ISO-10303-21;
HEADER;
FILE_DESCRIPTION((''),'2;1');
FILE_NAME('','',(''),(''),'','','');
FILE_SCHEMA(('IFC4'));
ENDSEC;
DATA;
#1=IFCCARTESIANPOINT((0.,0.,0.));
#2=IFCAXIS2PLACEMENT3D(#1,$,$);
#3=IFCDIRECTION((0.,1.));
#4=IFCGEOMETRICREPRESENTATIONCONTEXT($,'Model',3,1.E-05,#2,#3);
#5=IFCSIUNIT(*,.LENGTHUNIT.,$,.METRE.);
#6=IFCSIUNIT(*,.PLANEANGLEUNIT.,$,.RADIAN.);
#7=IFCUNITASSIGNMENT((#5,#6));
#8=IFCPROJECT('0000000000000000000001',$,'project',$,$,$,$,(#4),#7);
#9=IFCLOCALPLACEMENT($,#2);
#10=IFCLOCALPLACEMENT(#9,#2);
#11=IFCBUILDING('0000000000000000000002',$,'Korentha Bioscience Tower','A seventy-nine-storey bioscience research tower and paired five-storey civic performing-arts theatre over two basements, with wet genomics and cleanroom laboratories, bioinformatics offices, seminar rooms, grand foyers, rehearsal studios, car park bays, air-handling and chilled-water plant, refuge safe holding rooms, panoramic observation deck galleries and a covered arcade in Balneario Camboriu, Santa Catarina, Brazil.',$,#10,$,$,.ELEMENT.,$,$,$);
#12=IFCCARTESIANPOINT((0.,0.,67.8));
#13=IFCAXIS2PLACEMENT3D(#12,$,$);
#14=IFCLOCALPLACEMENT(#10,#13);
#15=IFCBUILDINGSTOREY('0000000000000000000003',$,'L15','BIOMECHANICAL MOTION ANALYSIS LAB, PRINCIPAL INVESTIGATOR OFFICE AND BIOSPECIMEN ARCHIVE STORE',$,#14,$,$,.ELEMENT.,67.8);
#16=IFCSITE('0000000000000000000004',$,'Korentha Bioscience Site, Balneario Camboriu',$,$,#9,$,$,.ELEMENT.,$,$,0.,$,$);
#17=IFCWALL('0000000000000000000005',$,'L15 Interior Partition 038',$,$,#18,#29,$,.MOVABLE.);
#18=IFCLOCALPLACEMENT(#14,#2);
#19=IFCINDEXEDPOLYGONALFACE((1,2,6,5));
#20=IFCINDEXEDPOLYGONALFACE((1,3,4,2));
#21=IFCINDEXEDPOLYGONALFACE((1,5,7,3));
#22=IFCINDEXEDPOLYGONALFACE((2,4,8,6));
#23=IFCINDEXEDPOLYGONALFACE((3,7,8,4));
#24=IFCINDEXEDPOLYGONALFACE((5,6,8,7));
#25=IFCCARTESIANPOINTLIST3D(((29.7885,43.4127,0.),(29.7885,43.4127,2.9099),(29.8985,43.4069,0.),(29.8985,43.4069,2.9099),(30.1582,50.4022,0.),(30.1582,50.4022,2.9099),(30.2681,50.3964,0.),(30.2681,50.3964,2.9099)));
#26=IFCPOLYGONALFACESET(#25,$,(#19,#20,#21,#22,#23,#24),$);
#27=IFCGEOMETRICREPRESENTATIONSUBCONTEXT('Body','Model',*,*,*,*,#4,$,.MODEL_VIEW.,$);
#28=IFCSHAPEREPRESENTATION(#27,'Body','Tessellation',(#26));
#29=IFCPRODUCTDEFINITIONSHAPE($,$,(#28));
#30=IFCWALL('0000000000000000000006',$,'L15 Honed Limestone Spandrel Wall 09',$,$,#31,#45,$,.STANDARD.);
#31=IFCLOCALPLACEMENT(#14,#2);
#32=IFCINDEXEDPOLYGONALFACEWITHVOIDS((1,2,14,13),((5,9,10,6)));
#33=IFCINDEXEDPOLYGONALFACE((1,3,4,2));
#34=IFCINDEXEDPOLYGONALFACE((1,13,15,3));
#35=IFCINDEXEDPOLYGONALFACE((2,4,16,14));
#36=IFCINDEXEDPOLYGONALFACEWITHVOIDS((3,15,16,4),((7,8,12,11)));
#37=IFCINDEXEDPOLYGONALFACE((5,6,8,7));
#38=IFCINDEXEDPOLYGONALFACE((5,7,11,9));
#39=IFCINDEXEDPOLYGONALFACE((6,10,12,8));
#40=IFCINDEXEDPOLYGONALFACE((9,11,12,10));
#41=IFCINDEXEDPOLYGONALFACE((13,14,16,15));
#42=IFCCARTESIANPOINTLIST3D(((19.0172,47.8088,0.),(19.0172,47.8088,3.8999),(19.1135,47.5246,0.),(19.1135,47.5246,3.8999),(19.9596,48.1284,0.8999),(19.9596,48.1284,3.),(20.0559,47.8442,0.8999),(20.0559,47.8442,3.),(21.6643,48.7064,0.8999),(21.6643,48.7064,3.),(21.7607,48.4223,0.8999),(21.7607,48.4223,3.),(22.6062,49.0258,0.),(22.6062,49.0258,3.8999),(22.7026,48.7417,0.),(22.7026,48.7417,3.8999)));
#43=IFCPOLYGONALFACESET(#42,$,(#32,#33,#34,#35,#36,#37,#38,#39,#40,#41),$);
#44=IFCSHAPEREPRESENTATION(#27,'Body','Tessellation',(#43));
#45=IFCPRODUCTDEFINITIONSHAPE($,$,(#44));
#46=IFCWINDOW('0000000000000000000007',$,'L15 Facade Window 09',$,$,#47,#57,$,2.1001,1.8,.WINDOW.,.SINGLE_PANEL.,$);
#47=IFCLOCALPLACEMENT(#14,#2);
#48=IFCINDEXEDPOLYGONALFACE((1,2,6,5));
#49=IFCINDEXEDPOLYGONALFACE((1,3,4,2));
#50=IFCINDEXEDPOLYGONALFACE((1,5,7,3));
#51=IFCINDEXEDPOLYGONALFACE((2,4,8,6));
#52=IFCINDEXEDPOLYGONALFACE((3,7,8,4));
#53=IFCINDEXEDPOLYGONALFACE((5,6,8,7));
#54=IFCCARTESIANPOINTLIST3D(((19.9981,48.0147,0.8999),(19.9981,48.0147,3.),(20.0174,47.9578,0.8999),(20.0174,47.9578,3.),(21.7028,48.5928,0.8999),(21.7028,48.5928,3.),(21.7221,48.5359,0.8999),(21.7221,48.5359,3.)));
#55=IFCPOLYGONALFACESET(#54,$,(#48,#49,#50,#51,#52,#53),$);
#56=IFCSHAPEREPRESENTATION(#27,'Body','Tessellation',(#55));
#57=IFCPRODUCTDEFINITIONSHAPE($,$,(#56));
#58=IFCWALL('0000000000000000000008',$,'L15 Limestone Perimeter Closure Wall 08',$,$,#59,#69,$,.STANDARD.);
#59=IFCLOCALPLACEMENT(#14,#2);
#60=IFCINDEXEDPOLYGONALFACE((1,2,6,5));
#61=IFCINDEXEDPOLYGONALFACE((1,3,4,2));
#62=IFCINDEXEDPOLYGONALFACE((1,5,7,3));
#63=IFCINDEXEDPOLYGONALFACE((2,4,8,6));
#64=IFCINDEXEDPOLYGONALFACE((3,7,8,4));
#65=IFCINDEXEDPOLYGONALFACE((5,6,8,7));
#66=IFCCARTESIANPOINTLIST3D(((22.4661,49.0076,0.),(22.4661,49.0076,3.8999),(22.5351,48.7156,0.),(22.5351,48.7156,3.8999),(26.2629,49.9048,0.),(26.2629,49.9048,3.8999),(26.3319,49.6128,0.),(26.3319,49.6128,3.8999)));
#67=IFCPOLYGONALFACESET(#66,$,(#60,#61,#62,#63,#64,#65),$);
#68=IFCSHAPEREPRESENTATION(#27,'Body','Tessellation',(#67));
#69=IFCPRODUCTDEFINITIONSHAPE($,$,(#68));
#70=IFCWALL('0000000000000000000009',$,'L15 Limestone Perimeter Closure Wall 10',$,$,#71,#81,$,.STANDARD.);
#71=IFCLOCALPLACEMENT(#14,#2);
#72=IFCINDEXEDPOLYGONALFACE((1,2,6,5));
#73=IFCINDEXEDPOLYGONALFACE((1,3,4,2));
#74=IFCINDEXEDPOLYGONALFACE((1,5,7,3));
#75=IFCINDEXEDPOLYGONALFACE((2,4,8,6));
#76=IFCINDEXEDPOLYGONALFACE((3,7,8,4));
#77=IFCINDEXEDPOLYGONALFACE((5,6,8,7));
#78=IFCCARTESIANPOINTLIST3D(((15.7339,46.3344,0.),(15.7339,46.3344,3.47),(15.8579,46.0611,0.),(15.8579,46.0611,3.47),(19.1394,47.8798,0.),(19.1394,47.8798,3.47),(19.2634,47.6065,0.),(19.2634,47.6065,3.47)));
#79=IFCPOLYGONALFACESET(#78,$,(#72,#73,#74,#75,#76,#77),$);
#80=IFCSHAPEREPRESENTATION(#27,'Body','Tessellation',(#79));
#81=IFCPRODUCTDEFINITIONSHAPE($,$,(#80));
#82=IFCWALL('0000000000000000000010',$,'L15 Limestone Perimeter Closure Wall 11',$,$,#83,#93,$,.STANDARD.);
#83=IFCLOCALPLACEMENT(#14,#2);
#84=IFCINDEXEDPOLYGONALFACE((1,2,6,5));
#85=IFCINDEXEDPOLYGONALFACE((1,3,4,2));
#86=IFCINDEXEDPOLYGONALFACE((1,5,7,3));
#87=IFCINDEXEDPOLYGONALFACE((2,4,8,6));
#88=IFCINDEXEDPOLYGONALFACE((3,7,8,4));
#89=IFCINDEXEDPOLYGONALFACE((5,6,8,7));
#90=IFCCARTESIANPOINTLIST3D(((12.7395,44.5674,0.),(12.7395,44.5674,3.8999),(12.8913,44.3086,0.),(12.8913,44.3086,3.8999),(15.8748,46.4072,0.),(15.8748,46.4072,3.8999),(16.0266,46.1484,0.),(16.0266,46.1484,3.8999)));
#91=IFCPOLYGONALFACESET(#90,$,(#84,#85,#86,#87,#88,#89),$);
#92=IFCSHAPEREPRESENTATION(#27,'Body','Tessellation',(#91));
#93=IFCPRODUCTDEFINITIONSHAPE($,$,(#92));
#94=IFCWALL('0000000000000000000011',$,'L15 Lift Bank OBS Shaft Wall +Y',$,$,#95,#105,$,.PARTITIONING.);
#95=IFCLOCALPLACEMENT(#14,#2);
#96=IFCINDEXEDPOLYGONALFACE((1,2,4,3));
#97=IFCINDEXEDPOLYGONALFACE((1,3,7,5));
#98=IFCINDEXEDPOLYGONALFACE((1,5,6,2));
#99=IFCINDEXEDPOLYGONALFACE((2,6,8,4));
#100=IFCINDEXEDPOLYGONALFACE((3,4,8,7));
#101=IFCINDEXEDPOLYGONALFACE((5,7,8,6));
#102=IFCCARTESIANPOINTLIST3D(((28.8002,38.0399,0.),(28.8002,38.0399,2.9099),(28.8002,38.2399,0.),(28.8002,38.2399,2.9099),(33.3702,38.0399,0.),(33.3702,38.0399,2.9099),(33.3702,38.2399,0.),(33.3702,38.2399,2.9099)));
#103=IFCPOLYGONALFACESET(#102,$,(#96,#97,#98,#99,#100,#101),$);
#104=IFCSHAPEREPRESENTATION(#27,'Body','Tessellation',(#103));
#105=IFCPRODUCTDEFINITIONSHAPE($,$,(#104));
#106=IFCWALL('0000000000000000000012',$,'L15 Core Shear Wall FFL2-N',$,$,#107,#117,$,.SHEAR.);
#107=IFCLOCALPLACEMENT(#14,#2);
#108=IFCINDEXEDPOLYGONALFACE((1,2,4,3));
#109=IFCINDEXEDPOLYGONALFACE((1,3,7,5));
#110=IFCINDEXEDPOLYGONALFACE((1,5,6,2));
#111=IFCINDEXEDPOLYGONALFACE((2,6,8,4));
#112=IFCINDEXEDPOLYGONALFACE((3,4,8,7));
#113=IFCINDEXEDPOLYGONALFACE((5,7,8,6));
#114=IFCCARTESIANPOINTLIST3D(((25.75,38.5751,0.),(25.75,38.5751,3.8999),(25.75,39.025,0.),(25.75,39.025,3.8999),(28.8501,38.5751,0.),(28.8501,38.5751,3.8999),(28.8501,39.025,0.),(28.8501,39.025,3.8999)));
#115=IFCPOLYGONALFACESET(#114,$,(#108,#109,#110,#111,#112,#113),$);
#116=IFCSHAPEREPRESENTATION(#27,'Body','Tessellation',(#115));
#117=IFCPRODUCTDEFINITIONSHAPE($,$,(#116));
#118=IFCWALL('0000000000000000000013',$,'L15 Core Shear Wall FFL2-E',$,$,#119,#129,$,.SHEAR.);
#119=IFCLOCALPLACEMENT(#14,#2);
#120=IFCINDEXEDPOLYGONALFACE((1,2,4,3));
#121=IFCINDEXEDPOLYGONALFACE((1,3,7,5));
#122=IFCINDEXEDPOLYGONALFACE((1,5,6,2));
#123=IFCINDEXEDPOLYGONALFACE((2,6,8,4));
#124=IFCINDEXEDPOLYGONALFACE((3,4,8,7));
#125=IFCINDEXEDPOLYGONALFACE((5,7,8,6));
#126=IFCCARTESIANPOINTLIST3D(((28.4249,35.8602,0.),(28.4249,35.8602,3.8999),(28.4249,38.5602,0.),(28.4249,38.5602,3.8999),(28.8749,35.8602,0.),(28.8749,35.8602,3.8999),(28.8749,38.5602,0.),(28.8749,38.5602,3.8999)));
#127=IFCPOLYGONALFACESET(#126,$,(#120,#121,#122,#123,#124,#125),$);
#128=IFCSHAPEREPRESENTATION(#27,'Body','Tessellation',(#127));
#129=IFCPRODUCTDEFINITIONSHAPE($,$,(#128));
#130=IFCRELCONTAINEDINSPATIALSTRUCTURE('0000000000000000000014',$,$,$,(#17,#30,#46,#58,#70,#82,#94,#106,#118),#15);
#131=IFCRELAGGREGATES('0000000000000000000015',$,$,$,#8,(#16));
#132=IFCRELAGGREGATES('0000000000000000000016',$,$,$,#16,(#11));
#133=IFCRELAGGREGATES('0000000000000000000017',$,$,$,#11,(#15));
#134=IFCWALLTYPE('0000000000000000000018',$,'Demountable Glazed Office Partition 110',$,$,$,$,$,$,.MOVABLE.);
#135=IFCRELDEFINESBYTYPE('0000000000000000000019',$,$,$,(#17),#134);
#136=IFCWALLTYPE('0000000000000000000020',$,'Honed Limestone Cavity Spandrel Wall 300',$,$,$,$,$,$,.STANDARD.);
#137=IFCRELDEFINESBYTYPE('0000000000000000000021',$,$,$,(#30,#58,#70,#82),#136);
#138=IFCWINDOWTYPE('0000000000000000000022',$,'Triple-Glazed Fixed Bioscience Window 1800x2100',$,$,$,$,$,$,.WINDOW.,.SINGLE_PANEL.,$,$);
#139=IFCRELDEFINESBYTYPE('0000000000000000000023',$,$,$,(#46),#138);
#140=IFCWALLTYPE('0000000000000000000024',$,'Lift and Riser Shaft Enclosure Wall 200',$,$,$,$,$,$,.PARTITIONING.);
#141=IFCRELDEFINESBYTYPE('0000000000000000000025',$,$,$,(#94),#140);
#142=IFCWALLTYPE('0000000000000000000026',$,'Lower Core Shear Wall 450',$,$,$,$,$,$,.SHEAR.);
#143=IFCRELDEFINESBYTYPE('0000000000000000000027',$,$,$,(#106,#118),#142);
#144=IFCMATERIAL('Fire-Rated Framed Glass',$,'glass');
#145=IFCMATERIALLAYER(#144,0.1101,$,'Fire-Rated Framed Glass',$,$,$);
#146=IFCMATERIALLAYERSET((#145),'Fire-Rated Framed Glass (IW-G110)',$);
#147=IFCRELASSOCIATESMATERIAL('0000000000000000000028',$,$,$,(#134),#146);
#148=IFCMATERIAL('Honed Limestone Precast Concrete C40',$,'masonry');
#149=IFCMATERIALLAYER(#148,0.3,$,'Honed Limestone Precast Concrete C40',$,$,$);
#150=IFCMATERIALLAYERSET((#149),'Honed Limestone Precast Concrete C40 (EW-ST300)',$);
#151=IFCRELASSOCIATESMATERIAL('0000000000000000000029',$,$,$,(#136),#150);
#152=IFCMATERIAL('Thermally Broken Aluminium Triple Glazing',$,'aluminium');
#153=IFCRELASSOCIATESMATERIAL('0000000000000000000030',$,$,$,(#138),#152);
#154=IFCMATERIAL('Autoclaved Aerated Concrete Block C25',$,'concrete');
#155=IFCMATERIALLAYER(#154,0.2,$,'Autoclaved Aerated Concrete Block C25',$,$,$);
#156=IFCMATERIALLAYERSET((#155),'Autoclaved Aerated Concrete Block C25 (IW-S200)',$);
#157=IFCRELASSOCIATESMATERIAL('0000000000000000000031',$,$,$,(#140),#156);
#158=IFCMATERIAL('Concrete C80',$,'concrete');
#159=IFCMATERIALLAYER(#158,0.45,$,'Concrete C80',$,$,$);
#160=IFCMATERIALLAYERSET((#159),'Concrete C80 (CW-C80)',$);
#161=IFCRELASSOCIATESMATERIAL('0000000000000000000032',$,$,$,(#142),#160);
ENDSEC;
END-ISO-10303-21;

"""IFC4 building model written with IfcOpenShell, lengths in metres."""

from ifc_helpers import new_model, si_unit, direction, frame, frame_2d, origin, place, context, subcontext, project, spatial, rectangle, extrude, material, layer, layer_set, type_object, element, fill, save


model = new_model("IFC4")

# Units and contexts
model_context = context("Model", 3, precision=1e-05, world=origin(), true_north=direction((0.0, 1.0)))
body_context = subcontext(model_context, "Body", "Model", "MODEL_VIEW")
ifc_project = project(units=[si_unit("LENGTHUNIT", "METRE"), si_unit("PLANEANGLEUNIT", "RADIAN")], contexts=[model_context])

# Site, building, storey
site_placement = place(None, origin())
site = spatial("IfcSite", under=ifc_project, at=site_placement, Name="Korentha Bioscience Site, Balneario Camboriu", CompositionType="ELEMENT", RefElevation=0.0)
building_placement = place(site_placement, origin())
building = spatial("IfcBuilding", under=site, at=building_placement, Name="Korentha Bioscience Tower", Description="A seventy-nine-storey bioscience research tower and paired five-storey civic performing-arts theatre over two basements, with wet genomics and cleanroom laboratories, bioinformatics offices, seminar rooms, grand foyers, rehearsal studios, car park bays, air-handling and chilled-water plant, refuge safe holding rooms, panoramic observation deck galleries and a covered arcade in Balneario Camboriu, Santa Catarina, Brazil.", CompositionType="ELEMENT")
storey_placement = place(building_placement, frame((0.0, 0.0, 67.8)))
storey = spatial("IfcBuildingStorey", under=building, at=storey_placement, Name="L15", Description="BIOMECHANICAL MOTION ANALYSIS LAB, PRINCIPAL INVESTIGATOR OFFICE AND BIOSPECIMEN ARCHIVE STORE", CompositionType="ELEMENT", Elevation=67.8)

# Shared definitions
ifc_material_1 = material(Name="Concrete C80", Category="concrete")

# Wall
ifc_material_2 = material(Name="Fire-Rated Framed Glass", Category="glass")
ifc_layer_1 = layer(ifc_material_2, 0.1101, Name="Fire-Rated Framed Glass")
ifc_layer_set_1 = layer_set([ifc_layer_1], Name="Fire-Rated Framed Glass (IW-G110)")
wall_type_1 = type_object("IfcWallType", Name="Demountable Glazed Office Partition 110", PredefinedType="MOVABLE", material=ifc_layer_set_1)
wall_1_placement = place(storey_placement, frame((29.8435, 43.4099, 0.0), z_axis=(0.0, 0.0, 1.0), x_axis=(0.05281, 0.998605, 0.0)))
element("IfcWall", 1, at=wall_1_placement, inside=storey, type_object=wall_type_1, Name="L15 Interior Partition 038", PredefinedType="MOVABLE", context=body_context, shape_type="SweptSolid", body=[
    extrude(rectangle(XDim=6.9993, YDim=0.1101, at=frame_2d((3.4995, 0.0))), origin(), (0.0, 0.0, 1.0), 2.9099),
])

# Wall, opening, window
ifc_material_3 = material(Name="Honed Limestone Precast Concrete C40", Category="masonry")
ifc_layer_2 = layer(ifc_material_3, 0.3, Name="Honed Limestone Precast Concrete C40")
ifc_layer_set_2 = layer_set([ifc_layer_2], Name="Honed Limestone Precast Concrete C40 (EW-ST300)")
wall_type_2 = type_object("IfcWallType", Name="Honed Limestone Cavity Spandrel Wall 300", PredefinedType="STANDARD", material=ifc_layer_set_2)
wall_2_placement = place(storey_placement, frame((22.6545, 48.8838, 0.0), z_axis=(0.0, 0.0, 1.0), x_axis=(-0.947034, -0.321132, 0.0)))
wall_2 = element("IfcWall", 2, at=wall_2_placement, inside=storey, type_object=wall_type_2, Name="L15 Honed Limestone Spandrel Wall 09", PredefinedType="STANDARD", context=body_context, shape_type="SweptSolid", body=[
    extrude(rectangle(XDim=3.7898, YDim=0.3, at=frame_2d((1.895, 0.0))), origin(), (0.0, 0.0, 1.0), 3.8999),
])
opening_1_placement = place(wall_2_placement, frame((0.9949, 0.0, 0.8999)))
opening_1 = element("IfcOpeningElement", 3, at=opening_1_placement, cuts=wall_2, PredefinedType="OPENING", context=body_context, shape_type="SweptSolid", body=[
    extrude(rectangle(XDim=1.8, YDim=2.1001, at=frame_2d((0.8999, 1.05))), frame((0.0, 0.165, 0.0), z_axis=(0.0, -1.0, 0.0), x_axis=(1.0, 0.0, 0.0)), (0.0, 0.0, 1.0), 0.3298),
])
ifc_material_4 = material(Name="Thermally Broken Aluminium Triple Glazing", Category="aluminium")
window_type = type_object("IfcWindowType", Name="Triple-Glazed Fixed Bioscience Window 1800x2100", PartitioningType="SINGLE_PANEL", PredefinedType="WINDOW", material=ifc_material_4)
window_placement = place(opening_1_placement, origin())
window = element("IfcWindow", 4, at=window_placement, inside=storey, type_object=window_type, Name="L15 Facade Window 09", OverallHeight=2.1001, OverallWidth=1.8, PartitioningType="SINGLE_PANEL", PredefinedType="WINDOW", context=body_context, shape_type="SweptSolid", body=[
    extrude(rectangle(XDim=1.8, YDim=2.1001, at=frame_2d((0.8999, 1.05))), frame((0.0, 0.03, 0.0), z_axis=(0.0, -1.0, 0.0), x_axis=(1.0, 0.0, 0.0)), (0.0, 0.0, 1.0), 0.0601),
])
fill(opening_1, window)

# Walls
wall_3_placement = place(storey_placement, frame((26.2974, 49.7588, 0.0), z_axis=(0.0, 0.0, 1.0), x_axis=(-0.973198, -0.22997, 0.0)))
element("IfcWall", 5, at=wall_3_placement, inside=storey, type_object=wall_type_2, Name="L15 Limestone Perimeter Closure Wall 08", PredefinedType="STANDARD", context=body_context, shape_type="SweptSolid", body=[
    extrude(rectangle(XDim=3.9014, YDim=0.3, at=frame_2d((1.9507, 0.0))), origin(), (0.0, 0.0, 1.0), 3.8999),
])
wall_4_placement = place(storey_placement, frame((19.2014, 47.7432, 0.0), z_axis=(0.0, 0.0, 1.0), x_axis=(-0.910623, -0.413237, 0.0)))
element("IfcWall", 6, at=wall_4_placement, inside=storey, type_object=wall_type_2, Name="L15 Limestone Perimeter Closure Wall 10", PredefinedType="STANDARD", context=body_context, shape_type="SweptSolid", body=[
    extrude(rectangle(XDim=3.7397, YDim=0.3, at=frame_2d((1.8699, 0.0))), origin(), (0.0, 0.0, 1.0), 3.47),
])
wall_5_placement = place(storey_placement, frame((15.9507, 46.2778, 0.0), z_axis=(0.0, 0.0, 1.0), x_axis=(-0.862465, -0.506116, 0.0)))
element("IfcWall", 7, at=wall_5_placement, inside=storey, type_object=wall_type_2, Name="L15 Limestone Perimeter Closure Wall 11", PredefinedType="STANDARD", context=body_context, shape_type="SweptSolid", body=[
    extrude(rectangle(XDim=3.6353, YDim=0.3, at=frame_2d((1.8176, 0.0))), origin(), (0.0, 0.0, 1.0), 3.8999),
])
ifc_material_5 = material(Name="Autoclaved Aerated Concrete Block C25", Category="concrete")
ifc_layer_3 = layer(ifc_material_5, 0.2, Name="Autoclaved Aerated Concrete Block C25")
ifc_layer_set_3 = layer_set([ifc_layer_3], Name="Autoclaved Aerated Concrete Block C25 (IW-S200)")
wall_type_3 = type_object("IfcWallType", Name="Lift and Riser Shaft Enclosure Wall 200", PredefinedType="PARTITIONING", material=ifc_layer_set_3)
wall_6_placement = place(storey_placement, frame((28.8, 38.1399, 0.0), z_axis=(0.0, 0.0, 1.0), x_axis=(1.0, 0.0, 0.0)))
element("IfcWall", 8, at=wall_6_placement, inside=storey, type_object=wall_type_3, Name="L15 Lift Bank OBS Shaft Wall +Y", PredefinedType="PARTITIONING", context=body_context, shape_type="SweptSolid", body=[
    extrude(rectangle(XDim=4.5701, YDim=0.2, at=frame_2d((2.2852, 0.0))), origin(), (0.0, 0.0, 1.0), 2.9099),
])
ifc_layer_4 = layer(ifc_material_1, 0.45, Name="Concrete C80")
ifc_layer_set_4 = layer_set([ifc_layer_4], Name="Concrete C80 (CW-C80)")
wall_type_4 = type_object("IfcWallType", Name="Lower Core Shear Wall 450", PredefinedType="SHEAR", material=ifc_layer_set_4)
wall_7_placement = place(storey_placement, frame((25.75, 38.8, 0.0), z_axis=(0.0, 0.0, 1.0), x_axis=(1.0, 0.0, 0.0)))
element("IfcWall", 9, at=wall_7_placement, inside=storey, type_object=wall_type_4, Name="L15 Core Shear Wall FFL2-N", PredefinedType="SHEAR", context=body_context, shape_type="SweptSolid", body=[
    extrude(rectangle(XDim=3.1001, YDim=0.45, at=frame_2d((1.55, 0.0))), origin(), (0.0, 0.0, 1.0), 3.8999),
])
wall_8_placement = place(storey_placement, frame((28.6499, 35.8601, 0.0), z_axis=(0.0, 0.0, 1.0), x_axis=(0.0, 1.0, 0.0)))
element("IfcWall", 10, at=wall_8_placement, inside=storey, type_object=wall_type_4, Name="L15 Core Shear Wall FFL2-E", PredefinedType="SHEAR", context=body_context, shape_type="SweptSolid", body=[
    extrude(rectangle(XDim=2.7, YDim=0.45, at=frame_2d((1.3501, 0.0))), origin(), (0.0, 0.0, 1.0), 3.8999),
])

save(model, "model.ifc")
